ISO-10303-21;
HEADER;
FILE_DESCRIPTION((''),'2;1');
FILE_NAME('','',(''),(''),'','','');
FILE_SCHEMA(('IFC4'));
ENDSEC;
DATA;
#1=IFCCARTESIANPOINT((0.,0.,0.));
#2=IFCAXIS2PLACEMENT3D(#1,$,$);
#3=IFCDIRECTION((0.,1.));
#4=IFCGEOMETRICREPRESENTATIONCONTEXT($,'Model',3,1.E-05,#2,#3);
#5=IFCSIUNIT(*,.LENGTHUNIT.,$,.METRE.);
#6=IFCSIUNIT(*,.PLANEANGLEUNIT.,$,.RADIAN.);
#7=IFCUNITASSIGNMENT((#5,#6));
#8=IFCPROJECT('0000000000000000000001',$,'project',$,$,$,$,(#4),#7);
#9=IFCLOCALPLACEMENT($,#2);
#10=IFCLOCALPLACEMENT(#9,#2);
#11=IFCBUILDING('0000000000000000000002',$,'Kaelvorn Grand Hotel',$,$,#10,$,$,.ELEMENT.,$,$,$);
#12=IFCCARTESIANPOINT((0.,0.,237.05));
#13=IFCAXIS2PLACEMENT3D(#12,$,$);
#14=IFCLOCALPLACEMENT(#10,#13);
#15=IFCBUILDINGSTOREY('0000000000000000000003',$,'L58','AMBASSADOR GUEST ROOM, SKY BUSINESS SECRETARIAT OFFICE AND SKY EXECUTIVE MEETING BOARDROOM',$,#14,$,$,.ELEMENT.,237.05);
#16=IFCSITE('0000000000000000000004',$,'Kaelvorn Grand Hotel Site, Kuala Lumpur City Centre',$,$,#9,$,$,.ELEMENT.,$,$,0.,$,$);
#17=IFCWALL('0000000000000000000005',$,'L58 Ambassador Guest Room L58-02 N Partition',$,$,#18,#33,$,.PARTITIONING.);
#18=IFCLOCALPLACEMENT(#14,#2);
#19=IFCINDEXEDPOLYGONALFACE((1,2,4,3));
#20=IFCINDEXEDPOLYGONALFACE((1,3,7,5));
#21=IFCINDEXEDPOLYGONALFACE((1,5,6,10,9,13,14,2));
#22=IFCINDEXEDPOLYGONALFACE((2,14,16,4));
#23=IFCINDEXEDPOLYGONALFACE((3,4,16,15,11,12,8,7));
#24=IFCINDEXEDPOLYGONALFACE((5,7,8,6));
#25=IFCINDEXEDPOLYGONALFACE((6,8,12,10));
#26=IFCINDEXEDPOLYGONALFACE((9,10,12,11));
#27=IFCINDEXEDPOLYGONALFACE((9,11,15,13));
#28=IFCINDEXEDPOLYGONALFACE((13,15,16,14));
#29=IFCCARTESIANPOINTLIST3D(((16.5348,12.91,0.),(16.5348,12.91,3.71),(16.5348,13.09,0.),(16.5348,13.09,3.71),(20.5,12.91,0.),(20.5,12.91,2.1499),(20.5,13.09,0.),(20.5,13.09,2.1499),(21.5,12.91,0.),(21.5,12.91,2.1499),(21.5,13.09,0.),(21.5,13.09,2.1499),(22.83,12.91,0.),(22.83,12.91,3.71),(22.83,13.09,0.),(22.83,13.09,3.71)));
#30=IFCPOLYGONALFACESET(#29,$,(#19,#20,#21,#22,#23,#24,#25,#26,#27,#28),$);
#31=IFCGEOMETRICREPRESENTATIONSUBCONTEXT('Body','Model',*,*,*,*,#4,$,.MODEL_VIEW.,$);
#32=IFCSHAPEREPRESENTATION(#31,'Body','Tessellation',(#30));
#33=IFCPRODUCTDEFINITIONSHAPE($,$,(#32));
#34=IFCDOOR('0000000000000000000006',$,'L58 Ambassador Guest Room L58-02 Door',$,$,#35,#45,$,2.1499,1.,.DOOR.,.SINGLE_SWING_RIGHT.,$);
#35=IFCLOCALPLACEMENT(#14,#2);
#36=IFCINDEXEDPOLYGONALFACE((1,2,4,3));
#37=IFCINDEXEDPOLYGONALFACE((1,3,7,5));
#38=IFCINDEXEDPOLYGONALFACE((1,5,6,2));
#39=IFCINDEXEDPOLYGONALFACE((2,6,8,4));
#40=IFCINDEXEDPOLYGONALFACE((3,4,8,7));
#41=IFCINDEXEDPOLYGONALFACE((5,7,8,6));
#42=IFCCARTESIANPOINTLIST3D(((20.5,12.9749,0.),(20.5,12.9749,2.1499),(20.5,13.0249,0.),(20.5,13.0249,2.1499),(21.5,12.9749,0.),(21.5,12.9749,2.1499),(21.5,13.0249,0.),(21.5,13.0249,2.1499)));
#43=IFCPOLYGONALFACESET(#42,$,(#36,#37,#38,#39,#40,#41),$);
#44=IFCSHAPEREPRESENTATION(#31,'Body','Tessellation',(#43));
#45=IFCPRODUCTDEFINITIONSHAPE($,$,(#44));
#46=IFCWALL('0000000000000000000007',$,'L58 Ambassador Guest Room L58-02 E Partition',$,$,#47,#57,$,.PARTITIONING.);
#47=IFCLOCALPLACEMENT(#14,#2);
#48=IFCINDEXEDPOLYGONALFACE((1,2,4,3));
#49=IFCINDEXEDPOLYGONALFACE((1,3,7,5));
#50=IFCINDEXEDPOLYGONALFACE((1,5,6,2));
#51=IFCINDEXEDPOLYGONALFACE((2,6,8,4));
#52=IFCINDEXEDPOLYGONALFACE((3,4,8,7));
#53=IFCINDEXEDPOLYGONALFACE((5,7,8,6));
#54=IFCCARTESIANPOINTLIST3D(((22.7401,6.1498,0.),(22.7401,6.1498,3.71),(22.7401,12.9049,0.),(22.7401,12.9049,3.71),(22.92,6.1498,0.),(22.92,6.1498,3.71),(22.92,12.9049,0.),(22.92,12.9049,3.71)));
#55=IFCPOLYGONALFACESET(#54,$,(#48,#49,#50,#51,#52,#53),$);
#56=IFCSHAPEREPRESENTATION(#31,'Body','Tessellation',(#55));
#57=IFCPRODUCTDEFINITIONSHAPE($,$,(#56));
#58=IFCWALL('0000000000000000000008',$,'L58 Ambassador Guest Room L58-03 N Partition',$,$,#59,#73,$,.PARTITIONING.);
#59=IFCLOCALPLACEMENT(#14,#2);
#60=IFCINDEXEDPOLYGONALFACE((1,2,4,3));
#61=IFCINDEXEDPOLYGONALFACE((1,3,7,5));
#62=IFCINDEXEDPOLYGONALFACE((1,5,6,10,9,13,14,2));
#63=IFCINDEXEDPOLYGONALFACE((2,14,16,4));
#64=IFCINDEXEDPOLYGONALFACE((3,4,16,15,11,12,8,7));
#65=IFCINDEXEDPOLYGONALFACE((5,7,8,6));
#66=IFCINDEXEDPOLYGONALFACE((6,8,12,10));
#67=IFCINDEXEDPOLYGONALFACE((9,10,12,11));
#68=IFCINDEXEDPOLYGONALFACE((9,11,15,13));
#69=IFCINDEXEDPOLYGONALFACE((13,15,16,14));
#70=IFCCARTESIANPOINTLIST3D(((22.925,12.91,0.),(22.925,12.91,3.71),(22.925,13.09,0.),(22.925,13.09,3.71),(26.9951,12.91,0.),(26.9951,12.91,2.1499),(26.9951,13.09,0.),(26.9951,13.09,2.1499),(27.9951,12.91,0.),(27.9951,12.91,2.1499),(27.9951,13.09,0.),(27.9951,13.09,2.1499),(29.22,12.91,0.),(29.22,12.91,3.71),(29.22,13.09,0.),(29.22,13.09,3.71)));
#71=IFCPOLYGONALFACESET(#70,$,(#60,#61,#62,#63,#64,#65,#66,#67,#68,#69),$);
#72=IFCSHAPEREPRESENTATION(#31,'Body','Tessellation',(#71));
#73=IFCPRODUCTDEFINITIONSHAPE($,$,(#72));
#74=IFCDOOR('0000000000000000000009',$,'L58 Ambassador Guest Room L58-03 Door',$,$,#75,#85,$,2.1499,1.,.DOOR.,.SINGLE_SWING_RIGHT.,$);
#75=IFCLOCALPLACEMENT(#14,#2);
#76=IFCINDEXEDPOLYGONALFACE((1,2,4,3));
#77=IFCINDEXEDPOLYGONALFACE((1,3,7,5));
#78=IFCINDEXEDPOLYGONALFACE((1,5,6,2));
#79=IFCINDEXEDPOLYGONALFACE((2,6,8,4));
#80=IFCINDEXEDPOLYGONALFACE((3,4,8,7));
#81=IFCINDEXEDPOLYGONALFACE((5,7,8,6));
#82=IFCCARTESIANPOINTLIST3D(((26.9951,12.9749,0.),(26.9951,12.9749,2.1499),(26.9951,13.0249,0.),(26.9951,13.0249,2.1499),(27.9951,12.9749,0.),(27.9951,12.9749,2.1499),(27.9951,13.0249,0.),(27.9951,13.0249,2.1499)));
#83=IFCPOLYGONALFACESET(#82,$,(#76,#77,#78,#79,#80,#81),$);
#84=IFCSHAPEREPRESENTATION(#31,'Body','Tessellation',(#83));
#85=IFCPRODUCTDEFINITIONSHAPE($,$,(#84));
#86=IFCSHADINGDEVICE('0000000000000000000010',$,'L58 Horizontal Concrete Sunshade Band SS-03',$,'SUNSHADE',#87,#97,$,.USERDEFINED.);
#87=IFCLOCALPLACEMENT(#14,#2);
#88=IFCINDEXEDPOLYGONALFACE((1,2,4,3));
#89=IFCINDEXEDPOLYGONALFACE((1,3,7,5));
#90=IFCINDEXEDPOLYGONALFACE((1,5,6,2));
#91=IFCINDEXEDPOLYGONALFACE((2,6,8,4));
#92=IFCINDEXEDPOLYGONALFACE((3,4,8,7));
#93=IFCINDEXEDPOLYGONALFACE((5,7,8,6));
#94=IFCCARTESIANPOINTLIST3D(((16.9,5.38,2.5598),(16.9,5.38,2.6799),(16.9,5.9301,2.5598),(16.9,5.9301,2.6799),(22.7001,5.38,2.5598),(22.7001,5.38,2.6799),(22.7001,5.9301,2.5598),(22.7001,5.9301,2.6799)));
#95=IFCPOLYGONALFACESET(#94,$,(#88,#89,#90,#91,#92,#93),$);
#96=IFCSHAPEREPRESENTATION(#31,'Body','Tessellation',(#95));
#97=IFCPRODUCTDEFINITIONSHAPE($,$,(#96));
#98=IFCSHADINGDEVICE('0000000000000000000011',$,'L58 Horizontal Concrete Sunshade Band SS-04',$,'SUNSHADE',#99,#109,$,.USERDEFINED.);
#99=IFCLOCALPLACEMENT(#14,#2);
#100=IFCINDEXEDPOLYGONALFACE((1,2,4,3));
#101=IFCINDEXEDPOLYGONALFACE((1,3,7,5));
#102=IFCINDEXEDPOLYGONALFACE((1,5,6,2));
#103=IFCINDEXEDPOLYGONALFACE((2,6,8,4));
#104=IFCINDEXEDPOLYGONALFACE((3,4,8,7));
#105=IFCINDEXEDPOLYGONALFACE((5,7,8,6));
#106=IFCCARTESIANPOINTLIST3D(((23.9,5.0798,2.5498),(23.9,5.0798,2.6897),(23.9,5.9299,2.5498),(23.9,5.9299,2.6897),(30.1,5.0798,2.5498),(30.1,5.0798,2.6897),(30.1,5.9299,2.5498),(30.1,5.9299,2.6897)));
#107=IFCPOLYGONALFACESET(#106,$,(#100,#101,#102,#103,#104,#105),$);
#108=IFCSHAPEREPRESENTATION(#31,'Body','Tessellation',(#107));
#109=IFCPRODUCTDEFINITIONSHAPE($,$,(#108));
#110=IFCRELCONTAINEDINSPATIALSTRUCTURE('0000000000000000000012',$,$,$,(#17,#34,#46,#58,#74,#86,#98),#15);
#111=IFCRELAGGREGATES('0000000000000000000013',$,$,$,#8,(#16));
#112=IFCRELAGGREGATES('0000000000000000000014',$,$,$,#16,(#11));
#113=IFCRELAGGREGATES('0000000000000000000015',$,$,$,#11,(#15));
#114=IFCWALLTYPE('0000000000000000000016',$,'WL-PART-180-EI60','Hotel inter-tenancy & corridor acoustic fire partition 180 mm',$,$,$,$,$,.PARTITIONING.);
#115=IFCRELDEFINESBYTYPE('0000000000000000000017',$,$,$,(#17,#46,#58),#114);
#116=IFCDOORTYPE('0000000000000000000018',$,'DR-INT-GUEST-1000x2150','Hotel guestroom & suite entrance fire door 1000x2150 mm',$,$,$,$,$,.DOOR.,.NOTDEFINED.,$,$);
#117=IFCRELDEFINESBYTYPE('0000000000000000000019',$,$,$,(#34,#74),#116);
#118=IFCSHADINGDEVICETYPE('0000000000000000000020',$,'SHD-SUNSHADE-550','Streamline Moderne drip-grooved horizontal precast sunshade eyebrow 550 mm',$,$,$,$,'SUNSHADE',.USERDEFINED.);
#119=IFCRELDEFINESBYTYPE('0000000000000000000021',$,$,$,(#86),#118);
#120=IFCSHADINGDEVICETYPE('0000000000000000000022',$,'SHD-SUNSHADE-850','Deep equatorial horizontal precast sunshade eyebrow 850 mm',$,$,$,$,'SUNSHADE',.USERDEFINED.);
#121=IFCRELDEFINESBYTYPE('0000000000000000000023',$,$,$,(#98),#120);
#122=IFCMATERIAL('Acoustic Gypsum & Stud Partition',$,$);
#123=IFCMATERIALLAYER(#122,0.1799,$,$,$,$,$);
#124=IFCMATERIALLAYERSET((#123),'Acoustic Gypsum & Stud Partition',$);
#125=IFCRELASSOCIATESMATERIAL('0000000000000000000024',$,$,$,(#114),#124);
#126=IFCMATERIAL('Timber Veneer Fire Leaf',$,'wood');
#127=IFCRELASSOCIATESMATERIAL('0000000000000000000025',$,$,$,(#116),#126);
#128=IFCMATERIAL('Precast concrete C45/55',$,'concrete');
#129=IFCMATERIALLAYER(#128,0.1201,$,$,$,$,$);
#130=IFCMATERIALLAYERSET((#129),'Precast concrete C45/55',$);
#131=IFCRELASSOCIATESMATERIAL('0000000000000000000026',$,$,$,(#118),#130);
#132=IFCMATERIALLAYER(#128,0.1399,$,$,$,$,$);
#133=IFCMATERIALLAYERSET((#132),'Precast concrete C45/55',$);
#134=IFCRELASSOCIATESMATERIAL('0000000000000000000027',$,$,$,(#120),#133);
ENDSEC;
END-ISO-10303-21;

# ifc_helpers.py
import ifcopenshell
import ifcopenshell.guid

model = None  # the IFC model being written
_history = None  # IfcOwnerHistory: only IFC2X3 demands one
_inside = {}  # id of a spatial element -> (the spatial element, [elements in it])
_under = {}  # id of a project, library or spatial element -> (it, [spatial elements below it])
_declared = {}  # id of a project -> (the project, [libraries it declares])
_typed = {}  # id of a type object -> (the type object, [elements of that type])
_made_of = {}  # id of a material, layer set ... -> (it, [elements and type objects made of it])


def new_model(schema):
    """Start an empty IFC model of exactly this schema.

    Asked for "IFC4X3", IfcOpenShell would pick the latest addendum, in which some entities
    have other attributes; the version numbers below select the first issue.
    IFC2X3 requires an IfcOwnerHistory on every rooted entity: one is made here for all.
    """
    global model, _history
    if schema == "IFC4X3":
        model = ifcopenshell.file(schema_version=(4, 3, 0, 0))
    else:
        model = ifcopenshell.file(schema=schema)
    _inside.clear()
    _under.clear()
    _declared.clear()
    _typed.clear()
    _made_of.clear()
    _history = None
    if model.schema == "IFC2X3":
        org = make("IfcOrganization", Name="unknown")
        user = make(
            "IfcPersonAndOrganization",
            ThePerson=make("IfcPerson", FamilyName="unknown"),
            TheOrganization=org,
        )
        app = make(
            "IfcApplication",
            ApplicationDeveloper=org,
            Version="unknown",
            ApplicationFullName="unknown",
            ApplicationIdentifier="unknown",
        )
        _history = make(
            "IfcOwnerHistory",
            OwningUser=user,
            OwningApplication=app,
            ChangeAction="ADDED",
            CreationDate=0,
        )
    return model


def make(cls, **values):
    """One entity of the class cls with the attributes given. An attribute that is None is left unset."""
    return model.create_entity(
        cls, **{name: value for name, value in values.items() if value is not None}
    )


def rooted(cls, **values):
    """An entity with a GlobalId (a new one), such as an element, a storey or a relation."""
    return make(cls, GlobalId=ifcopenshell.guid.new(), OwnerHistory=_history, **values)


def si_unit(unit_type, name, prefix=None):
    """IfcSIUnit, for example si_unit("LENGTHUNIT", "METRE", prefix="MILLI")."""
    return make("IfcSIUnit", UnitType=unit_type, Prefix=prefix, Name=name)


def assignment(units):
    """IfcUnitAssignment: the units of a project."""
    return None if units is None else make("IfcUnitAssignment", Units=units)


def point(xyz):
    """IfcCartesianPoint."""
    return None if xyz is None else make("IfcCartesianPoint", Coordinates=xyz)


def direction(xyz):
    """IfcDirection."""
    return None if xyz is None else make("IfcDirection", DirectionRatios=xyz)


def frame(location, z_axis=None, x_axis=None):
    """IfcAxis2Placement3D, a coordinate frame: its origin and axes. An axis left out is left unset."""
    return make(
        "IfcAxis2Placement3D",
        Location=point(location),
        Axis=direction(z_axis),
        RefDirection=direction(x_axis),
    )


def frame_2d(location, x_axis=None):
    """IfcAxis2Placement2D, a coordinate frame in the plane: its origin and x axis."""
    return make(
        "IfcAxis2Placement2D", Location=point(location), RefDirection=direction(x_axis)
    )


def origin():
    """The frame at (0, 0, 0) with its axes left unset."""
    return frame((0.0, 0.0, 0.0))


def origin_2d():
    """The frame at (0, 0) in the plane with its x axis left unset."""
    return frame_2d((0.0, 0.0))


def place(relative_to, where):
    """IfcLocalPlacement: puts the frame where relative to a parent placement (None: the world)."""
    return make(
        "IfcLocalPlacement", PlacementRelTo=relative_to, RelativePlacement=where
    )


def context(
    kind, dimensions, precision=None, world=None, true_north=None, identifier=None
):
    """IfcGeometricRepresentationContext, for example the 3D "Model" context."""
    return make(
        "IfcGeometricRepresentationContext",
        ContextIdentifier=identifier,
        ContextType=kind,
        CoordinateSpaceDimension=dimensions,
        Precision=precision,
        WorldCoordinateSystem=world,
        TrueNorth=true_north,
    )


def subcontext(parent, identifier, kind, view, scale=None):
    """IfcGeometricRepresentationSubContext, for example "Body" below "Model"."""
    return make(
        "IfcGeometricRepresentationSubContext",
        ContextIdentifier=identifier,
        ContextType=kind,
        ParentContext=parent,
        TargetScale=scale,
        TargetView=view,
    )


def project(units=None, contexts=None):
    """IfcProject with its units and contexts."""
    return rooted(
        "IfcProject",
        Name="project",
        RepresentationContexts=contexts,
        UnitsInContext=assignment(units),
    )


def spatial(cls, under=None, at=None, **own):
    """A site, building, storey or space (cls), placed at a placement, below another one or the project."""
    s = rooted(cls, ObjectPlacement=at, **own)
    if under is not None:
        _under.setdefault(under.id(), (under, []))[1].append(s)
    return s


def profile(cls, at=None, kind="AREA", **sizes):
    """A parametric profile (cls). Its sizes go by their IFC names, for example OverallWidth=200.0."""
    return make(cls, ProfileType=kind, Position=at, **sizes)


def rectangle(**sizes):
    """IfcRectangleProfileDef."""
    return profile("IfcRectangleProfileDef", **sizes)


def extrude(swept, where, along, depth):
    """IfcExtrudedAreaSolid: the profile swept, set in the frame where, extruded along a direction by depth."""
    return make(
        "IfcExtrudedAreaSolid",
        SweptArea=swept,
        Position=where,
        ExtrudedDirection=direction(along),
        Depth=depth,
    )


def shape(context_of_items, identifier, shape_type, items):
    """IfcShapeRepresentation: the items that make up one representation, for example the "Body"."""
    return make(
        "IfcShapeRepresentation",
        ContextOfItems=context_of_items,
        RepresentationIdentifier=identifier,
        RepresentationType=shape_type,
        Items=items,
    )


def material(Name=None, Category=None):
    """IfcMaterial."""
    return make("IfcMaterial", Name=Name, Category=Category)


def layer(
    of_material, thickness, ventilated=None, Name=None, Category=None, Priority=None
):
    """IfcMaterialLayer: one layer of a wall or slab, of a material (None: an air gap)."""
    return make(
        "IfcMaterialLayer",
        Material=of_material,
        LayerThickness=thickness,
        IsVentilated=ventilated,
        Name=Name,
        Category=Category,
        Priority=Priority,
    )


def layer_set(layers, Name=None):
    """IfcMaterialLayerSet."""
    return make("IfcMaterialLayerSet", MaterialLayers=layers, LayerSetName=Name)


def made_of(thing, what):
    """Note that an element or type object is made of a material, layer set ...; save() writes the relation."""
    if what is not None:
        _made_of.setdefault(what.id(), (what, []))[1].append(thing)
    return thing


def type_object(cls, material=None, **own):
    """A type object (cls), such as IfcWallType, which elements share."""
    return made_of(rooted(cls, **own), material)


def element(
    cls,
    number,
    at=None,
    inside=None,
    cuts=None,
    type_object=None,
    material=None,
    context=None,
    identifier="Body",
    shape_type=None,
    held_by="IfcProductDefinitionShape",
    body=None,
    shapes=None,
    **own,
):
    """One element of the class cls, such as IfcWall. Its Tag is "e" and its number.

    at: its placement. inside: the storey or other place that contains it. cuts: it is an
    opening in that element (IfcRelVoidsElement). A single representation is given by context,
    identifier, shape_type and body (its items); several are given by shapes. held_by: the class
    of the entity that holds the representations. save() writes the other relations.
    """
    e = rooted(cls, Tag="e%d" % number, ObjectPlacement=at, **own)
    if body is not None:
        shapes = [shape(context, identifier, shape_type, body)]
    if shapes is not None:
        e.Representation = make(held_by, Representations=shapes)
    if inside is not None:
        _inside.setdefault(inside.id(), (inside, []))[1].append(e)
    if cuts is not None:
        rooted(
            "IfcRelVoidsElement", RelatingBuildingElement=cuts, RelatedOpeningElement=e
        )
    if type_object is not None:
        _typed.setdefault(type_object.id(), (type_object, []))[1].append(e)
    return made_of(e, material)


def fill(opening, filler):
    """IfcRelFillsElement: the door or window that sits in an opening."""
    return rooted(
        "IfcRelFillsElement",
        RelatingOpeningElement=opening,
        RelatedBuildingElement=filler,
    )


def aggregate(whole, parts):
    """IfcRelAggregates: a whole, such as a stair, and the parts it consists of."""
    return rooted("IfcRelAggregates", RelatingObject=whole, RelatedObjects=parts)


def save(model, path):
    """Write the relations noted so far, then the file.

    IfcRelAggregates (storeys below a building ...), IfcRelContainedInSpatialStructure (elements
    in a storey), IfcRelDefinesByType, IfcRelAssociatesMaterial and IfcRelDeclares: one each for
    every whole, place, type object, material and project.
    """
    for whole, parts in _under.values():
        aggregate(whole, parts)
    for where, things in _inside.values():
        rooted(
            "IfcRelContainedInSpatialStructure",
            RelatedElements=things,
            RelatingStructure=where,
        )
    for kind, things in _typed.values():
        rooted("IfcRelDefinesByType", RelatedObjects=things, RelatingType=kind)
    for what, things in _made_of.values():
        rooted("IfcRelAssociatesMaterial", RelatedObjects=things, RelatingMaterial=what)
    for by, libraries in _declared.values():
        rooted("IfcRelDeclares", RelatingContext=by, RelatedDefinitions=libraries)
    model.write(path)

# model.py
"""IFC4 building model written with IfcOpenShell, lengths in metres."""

from ifc_helpers import new_model, si_unit, direction, frame, frame_2d, origin, origin_2d, place, context, subcontext, project, spatial, rectangle, extrude, material, layer, layer_set, type_object, element, fill, save


model = new_model("IFC4")

# Units and contexts
model_context = context("Model", 3, precision=1e-05, world=origin(), true_north=direction((0.0, 1.0)))
body_context = subcontext(model_context, "Body", "Model", "MODEL_VIEW")
ifc_project = project(units=[si_unit("LENGTHUNIT", "METRE"), si_unit("PLANEANGLEUNIT", "RADIAN")], contexts=[model_context])

# Site, building, storey
site_placement = place(None, origin())
site = spatial("IfcSite", under=ifc_project, at=site_placement, Name="Kaelvorn Grand Hotel Site, Kuala Lumpur City Centre", CompositionType="ELEMENT", RefElevation=0.0)
building_placement = place(site_placement, origin())
building = spatial("IfcBuilding", under=site, at=building_placement, Name="Kaelvorn Grand Hotel", CompositionType="ELEMENT")
storey_placement = place(building_placement, frame((0.0, 0.0, 237.05)))
storey = spatial("IfcBuildingStorey", under=building, at=storey_placement, Name="L58", Description="AMBASSADOR GUEST ROOM, SKY BUSINESS SECRETARIAT OFFICE AND SKY EXECUTIVE MEETING BOARDROOM", CompositionType="ELEMENT", Elevation=237.05)

# Shared definitions
ifc_material_1 = material(Name="Acoustic Gypsum & Stud Partition")

# Shared definitions
ifc_material_2 = material(Name="Timber Veneer Fire Leaf", Category="wood")

# Shared definitions
ifc_layer_1 = layer(ifc_material_1, 0.1799)
ifc_layer_set_1 = layer_set([ifc_layer_1], Name="Acoustic Gypsum & Stud Partition")
wall_type_1 = type_object("IfcWallType", Name="WL-PART-180-EI60", Description="Hotel inter-tenancy & corridor acoustic fire partition 180 mm", PredefinedType="PARTITIONING", material=ifc_layer_set_1)

# Wall, opening, door
wall_1_placement = place(storey_placement, frame((16.5349, 13.0, 0.0), z_axis=(0.0, 0.0, 1.0), x_axis=(1.0, 0.0, 0.0)))
wall_1 = element("IfcWall", 1, at=wall_1_placement, inside=storey, type_object=wall_type_1, Name="L58 Ambassador Guest Room L58-02 N Partition", PredefinedType="PARTITIONING", context=body_context, shape_type="SweptSolid", body=[
    extrude(rectangle(XDim=6.2952, YDim=0.1799, at=frame_2d((3.1475, 0.0))), origin(), (0.0, 0.0, 1.0), 3.71),
])
opening_1_placement = place(wall_1_placement, frame((3.9651, 0.0, 0.0)))
opening_1 = element("IfcOpeningElement", 2, at=opening_1_placement, cuts=wall_1, PredefinedType="OPENING", context=body_context, shape_type="SweptSolid", body=[
    extrude(rectangle(XDim=1.0, YDim=2.1499, at=frame_2d((0.5, 1.075))), frame((0.0, 0.1001, 0.0), z_axis=(0.0, -1.0, 0.0), x_axis=(1.0, 0.0, 0.0)), (0.0, 0.0, 1.0), 0.2),
])
door_type_1 = type_object("IfcDoorType", Name="DR-INT-GUEST-1000x2150", Description="Hotel guestroom & suite entrance fire door 1000x2150 mm", OperationType="NOTDEFINED", PredefinedType="DOOR", material=ifc_material_2)
door_1_placement = place(opening_1_placement, origin())
door_1 = element("IfcDoor", 3, at=door_1_placement, inside=storey, type_object=door_type_1, Name="L58 Ambassador Guest Room L58-02 Door", OperationType="SINGLE_SWING_RIGHT", OverallHeight=2.1499, OverallWidth=1.0, PredefinedType="DOOR", context=body_context, shape_type="SweptSolid", body=[
    extrude(rectangle(XDim=1.0, YDim=2.1499, at=frame_2d((0.5, 1.075))), frame((0.0, 0.0249, 0.0), z_axis=(0.0, -1.0, 0.0), x_axis=(1.0, 0.0, 0.0)), (0.0, 0.0, 1.0), 0.05),
])
fill(opening_1, door_1)

# Wall
wall_2_placement = place(storey_placement, frame((22.8301, 6.1499, 0.0), z_axis=(0.0, 0.0, 1.0), x_axis=(0.0, 1.0, 0.0)))
element("IfcWall", 4, at=wall_2_placement, inside=storey, type_object=wall_type_1, Name="L58 Ambassador Guest Room L58-02 E Partition", PredefinedType="PARTITIONING", context=body_context, shape_type="SweptSolid", body=[
    extrude(rectangle(XDim=6.7551, YDim=0.1799, at=frame_2d((3.3774, 0.0))), origin(), (0.0, 0.0, 1.0), 3.71),
])

# Wall, opening, door
wall_3_placement = place(storey_placement, frame((22.925, 13.0, 0.0), z_axis=(0.0, 0.0, 1.0), x_axis=(1.0, 0.0, 0.0)))
wall_3 = element("IfcWall", 5, at=wall_3_placement, inside=storey, type_object=wall_type_1, Name="L58 Ambassador Guest Room L58-03 N Partition", PredefinedType="PARTITIONING", context=body_context, shape_type="SweptSolid", body=[
    extrude(rectangle(XDim=6.2949, YDim=0.1799, at=frame_2d((3.1475, 0.0))), origin(), (0.0, 0.0, 1.0), 3.71),
])
opening_2_placement = place(wall_3_placement, frame((4.0701, 0.0, 0.0)))
opening_2 = element("IfcOpeningElement", 6, at=opening_2_placement, cuts=wall_3, PredefinedType="OPENING", context=body_context, shape_type="SweptSolid", body=[
    extrude(rectangle(XDim=1.0, YDim=2.1499, at=frame_2d((0.5, 1.075))), frame((0.0, 0.1001, 0.0), z_axis=(0.0, -1.0, 0.0), x_axis=(1.0, 0.0, 0.0)), (0.0, 0.0, 1.0), 0.2),
])
door_2_placement = place(opening_2_placement, origin())
door_2 = element("IfcDoor", 7, at=door_2_placement, inside=storey, type_object=door_type_1, Name="L58 Ambassador Guest Room L58-03 Door", OperationType="SINGLE_SWING_RIGHT", OverallHeight=2.1499, OverallWidth=1.0, PredefinedType="DOOR", context=body_context, shape_type="SweptSolid", body=[
    extrude(rectangle(XDim=1.0, YDim=2.1499, at=frame_2d((0.5, 1.075))), frame((0.0, 0.0249, 0.0), z_axis=(0.0, -1.0, 0.0), x_axis=(1.0, 0.0, 0.0)), (0.0, 0.0, 1.0), 0.05),
])
fill(opening_2, door_2)

# Shading devices
ifc_material_3 = material(Name="Precast concrete C45/55", Category="concrete")
ifc_layer_2 = layer(ifc_material_3, 0.1201)
ifc_layer_set_2 = layer_set([ifc_layer_2], Name="Precast concrete C45/55")
shading_device_type_1 = type_object("IfcShadingDeviceType", Name="SHD-SUNSHADE-550", Description="Streamline Moderne drip-grooved horizontal precast sunshade eyebrow 550 mm", ElementType="SUNSHADE", PredefinedType="USERDEFINED", material=ifc_layer_set_2)
shading_device_1_placement = place(storey_placement, frame((19.8, 5.655, 2.5598), z_axis=(0.0, 0.0, 1.0), x_axis=(1.0, 0.0, 0.0)))
element("IfcShadingDevice", 8, at=shading_device_1_placement, inside=storey, type_object=shading_device_type_1, Name="L58 Horizontal Concrete Sunshade Band SS-03", ObjectType="SUNSHADE", PredefinedType="USERDEFINED", context=body_context, shape_type="SweptSolid", body=[
    extrude(rectangle(XDim=5.8, YDim=0.55, at=origin_2d()), origin(), (0.0, 0.0, 1.0), 0.1201),
])
ifc_layer_3 = layer(ifc_material_3, 0.1399)
ifc_layer_set_3 = layer_set([ifc_layer_3], Name="Precast concrete C45/55")
shading_device_type_2 = type_object("IfcShadingDeviceType", Name="SHD-SUNSHADE-850", Description="Deep equatorial horizontal precast sunshade eyebrow 850 mm", ElementType="SUNSHADE", PredefinedType="USERDEFINED", material=ifc_layer_set_3)
shading_device_2_placement = place(storey_placement, frame((27.0, 5.5049, 2.5498), z_axis=(0.0, 0.0, 1.0), x_axis=(1.0, 0.0, 0.0)))
element("IfcShadingDevice", 9, at=shading_device_2_placement, inside=storey, type_object=shading_device_type_2, Name="L58 Horizontal Concrete Sunshade Band SS-04", ObjectType="SUNSHADE", PredefinedType="USERDEFINED", context=body_context, shape_type="SweptSolid", body=[
    extrude(rectangle(XDim=6.2, YDim=0.8501, at=origin_2d()), origin(), (0.0, 0.0, 1.0), 0.1399),
])

save(model, "model.ifc")
